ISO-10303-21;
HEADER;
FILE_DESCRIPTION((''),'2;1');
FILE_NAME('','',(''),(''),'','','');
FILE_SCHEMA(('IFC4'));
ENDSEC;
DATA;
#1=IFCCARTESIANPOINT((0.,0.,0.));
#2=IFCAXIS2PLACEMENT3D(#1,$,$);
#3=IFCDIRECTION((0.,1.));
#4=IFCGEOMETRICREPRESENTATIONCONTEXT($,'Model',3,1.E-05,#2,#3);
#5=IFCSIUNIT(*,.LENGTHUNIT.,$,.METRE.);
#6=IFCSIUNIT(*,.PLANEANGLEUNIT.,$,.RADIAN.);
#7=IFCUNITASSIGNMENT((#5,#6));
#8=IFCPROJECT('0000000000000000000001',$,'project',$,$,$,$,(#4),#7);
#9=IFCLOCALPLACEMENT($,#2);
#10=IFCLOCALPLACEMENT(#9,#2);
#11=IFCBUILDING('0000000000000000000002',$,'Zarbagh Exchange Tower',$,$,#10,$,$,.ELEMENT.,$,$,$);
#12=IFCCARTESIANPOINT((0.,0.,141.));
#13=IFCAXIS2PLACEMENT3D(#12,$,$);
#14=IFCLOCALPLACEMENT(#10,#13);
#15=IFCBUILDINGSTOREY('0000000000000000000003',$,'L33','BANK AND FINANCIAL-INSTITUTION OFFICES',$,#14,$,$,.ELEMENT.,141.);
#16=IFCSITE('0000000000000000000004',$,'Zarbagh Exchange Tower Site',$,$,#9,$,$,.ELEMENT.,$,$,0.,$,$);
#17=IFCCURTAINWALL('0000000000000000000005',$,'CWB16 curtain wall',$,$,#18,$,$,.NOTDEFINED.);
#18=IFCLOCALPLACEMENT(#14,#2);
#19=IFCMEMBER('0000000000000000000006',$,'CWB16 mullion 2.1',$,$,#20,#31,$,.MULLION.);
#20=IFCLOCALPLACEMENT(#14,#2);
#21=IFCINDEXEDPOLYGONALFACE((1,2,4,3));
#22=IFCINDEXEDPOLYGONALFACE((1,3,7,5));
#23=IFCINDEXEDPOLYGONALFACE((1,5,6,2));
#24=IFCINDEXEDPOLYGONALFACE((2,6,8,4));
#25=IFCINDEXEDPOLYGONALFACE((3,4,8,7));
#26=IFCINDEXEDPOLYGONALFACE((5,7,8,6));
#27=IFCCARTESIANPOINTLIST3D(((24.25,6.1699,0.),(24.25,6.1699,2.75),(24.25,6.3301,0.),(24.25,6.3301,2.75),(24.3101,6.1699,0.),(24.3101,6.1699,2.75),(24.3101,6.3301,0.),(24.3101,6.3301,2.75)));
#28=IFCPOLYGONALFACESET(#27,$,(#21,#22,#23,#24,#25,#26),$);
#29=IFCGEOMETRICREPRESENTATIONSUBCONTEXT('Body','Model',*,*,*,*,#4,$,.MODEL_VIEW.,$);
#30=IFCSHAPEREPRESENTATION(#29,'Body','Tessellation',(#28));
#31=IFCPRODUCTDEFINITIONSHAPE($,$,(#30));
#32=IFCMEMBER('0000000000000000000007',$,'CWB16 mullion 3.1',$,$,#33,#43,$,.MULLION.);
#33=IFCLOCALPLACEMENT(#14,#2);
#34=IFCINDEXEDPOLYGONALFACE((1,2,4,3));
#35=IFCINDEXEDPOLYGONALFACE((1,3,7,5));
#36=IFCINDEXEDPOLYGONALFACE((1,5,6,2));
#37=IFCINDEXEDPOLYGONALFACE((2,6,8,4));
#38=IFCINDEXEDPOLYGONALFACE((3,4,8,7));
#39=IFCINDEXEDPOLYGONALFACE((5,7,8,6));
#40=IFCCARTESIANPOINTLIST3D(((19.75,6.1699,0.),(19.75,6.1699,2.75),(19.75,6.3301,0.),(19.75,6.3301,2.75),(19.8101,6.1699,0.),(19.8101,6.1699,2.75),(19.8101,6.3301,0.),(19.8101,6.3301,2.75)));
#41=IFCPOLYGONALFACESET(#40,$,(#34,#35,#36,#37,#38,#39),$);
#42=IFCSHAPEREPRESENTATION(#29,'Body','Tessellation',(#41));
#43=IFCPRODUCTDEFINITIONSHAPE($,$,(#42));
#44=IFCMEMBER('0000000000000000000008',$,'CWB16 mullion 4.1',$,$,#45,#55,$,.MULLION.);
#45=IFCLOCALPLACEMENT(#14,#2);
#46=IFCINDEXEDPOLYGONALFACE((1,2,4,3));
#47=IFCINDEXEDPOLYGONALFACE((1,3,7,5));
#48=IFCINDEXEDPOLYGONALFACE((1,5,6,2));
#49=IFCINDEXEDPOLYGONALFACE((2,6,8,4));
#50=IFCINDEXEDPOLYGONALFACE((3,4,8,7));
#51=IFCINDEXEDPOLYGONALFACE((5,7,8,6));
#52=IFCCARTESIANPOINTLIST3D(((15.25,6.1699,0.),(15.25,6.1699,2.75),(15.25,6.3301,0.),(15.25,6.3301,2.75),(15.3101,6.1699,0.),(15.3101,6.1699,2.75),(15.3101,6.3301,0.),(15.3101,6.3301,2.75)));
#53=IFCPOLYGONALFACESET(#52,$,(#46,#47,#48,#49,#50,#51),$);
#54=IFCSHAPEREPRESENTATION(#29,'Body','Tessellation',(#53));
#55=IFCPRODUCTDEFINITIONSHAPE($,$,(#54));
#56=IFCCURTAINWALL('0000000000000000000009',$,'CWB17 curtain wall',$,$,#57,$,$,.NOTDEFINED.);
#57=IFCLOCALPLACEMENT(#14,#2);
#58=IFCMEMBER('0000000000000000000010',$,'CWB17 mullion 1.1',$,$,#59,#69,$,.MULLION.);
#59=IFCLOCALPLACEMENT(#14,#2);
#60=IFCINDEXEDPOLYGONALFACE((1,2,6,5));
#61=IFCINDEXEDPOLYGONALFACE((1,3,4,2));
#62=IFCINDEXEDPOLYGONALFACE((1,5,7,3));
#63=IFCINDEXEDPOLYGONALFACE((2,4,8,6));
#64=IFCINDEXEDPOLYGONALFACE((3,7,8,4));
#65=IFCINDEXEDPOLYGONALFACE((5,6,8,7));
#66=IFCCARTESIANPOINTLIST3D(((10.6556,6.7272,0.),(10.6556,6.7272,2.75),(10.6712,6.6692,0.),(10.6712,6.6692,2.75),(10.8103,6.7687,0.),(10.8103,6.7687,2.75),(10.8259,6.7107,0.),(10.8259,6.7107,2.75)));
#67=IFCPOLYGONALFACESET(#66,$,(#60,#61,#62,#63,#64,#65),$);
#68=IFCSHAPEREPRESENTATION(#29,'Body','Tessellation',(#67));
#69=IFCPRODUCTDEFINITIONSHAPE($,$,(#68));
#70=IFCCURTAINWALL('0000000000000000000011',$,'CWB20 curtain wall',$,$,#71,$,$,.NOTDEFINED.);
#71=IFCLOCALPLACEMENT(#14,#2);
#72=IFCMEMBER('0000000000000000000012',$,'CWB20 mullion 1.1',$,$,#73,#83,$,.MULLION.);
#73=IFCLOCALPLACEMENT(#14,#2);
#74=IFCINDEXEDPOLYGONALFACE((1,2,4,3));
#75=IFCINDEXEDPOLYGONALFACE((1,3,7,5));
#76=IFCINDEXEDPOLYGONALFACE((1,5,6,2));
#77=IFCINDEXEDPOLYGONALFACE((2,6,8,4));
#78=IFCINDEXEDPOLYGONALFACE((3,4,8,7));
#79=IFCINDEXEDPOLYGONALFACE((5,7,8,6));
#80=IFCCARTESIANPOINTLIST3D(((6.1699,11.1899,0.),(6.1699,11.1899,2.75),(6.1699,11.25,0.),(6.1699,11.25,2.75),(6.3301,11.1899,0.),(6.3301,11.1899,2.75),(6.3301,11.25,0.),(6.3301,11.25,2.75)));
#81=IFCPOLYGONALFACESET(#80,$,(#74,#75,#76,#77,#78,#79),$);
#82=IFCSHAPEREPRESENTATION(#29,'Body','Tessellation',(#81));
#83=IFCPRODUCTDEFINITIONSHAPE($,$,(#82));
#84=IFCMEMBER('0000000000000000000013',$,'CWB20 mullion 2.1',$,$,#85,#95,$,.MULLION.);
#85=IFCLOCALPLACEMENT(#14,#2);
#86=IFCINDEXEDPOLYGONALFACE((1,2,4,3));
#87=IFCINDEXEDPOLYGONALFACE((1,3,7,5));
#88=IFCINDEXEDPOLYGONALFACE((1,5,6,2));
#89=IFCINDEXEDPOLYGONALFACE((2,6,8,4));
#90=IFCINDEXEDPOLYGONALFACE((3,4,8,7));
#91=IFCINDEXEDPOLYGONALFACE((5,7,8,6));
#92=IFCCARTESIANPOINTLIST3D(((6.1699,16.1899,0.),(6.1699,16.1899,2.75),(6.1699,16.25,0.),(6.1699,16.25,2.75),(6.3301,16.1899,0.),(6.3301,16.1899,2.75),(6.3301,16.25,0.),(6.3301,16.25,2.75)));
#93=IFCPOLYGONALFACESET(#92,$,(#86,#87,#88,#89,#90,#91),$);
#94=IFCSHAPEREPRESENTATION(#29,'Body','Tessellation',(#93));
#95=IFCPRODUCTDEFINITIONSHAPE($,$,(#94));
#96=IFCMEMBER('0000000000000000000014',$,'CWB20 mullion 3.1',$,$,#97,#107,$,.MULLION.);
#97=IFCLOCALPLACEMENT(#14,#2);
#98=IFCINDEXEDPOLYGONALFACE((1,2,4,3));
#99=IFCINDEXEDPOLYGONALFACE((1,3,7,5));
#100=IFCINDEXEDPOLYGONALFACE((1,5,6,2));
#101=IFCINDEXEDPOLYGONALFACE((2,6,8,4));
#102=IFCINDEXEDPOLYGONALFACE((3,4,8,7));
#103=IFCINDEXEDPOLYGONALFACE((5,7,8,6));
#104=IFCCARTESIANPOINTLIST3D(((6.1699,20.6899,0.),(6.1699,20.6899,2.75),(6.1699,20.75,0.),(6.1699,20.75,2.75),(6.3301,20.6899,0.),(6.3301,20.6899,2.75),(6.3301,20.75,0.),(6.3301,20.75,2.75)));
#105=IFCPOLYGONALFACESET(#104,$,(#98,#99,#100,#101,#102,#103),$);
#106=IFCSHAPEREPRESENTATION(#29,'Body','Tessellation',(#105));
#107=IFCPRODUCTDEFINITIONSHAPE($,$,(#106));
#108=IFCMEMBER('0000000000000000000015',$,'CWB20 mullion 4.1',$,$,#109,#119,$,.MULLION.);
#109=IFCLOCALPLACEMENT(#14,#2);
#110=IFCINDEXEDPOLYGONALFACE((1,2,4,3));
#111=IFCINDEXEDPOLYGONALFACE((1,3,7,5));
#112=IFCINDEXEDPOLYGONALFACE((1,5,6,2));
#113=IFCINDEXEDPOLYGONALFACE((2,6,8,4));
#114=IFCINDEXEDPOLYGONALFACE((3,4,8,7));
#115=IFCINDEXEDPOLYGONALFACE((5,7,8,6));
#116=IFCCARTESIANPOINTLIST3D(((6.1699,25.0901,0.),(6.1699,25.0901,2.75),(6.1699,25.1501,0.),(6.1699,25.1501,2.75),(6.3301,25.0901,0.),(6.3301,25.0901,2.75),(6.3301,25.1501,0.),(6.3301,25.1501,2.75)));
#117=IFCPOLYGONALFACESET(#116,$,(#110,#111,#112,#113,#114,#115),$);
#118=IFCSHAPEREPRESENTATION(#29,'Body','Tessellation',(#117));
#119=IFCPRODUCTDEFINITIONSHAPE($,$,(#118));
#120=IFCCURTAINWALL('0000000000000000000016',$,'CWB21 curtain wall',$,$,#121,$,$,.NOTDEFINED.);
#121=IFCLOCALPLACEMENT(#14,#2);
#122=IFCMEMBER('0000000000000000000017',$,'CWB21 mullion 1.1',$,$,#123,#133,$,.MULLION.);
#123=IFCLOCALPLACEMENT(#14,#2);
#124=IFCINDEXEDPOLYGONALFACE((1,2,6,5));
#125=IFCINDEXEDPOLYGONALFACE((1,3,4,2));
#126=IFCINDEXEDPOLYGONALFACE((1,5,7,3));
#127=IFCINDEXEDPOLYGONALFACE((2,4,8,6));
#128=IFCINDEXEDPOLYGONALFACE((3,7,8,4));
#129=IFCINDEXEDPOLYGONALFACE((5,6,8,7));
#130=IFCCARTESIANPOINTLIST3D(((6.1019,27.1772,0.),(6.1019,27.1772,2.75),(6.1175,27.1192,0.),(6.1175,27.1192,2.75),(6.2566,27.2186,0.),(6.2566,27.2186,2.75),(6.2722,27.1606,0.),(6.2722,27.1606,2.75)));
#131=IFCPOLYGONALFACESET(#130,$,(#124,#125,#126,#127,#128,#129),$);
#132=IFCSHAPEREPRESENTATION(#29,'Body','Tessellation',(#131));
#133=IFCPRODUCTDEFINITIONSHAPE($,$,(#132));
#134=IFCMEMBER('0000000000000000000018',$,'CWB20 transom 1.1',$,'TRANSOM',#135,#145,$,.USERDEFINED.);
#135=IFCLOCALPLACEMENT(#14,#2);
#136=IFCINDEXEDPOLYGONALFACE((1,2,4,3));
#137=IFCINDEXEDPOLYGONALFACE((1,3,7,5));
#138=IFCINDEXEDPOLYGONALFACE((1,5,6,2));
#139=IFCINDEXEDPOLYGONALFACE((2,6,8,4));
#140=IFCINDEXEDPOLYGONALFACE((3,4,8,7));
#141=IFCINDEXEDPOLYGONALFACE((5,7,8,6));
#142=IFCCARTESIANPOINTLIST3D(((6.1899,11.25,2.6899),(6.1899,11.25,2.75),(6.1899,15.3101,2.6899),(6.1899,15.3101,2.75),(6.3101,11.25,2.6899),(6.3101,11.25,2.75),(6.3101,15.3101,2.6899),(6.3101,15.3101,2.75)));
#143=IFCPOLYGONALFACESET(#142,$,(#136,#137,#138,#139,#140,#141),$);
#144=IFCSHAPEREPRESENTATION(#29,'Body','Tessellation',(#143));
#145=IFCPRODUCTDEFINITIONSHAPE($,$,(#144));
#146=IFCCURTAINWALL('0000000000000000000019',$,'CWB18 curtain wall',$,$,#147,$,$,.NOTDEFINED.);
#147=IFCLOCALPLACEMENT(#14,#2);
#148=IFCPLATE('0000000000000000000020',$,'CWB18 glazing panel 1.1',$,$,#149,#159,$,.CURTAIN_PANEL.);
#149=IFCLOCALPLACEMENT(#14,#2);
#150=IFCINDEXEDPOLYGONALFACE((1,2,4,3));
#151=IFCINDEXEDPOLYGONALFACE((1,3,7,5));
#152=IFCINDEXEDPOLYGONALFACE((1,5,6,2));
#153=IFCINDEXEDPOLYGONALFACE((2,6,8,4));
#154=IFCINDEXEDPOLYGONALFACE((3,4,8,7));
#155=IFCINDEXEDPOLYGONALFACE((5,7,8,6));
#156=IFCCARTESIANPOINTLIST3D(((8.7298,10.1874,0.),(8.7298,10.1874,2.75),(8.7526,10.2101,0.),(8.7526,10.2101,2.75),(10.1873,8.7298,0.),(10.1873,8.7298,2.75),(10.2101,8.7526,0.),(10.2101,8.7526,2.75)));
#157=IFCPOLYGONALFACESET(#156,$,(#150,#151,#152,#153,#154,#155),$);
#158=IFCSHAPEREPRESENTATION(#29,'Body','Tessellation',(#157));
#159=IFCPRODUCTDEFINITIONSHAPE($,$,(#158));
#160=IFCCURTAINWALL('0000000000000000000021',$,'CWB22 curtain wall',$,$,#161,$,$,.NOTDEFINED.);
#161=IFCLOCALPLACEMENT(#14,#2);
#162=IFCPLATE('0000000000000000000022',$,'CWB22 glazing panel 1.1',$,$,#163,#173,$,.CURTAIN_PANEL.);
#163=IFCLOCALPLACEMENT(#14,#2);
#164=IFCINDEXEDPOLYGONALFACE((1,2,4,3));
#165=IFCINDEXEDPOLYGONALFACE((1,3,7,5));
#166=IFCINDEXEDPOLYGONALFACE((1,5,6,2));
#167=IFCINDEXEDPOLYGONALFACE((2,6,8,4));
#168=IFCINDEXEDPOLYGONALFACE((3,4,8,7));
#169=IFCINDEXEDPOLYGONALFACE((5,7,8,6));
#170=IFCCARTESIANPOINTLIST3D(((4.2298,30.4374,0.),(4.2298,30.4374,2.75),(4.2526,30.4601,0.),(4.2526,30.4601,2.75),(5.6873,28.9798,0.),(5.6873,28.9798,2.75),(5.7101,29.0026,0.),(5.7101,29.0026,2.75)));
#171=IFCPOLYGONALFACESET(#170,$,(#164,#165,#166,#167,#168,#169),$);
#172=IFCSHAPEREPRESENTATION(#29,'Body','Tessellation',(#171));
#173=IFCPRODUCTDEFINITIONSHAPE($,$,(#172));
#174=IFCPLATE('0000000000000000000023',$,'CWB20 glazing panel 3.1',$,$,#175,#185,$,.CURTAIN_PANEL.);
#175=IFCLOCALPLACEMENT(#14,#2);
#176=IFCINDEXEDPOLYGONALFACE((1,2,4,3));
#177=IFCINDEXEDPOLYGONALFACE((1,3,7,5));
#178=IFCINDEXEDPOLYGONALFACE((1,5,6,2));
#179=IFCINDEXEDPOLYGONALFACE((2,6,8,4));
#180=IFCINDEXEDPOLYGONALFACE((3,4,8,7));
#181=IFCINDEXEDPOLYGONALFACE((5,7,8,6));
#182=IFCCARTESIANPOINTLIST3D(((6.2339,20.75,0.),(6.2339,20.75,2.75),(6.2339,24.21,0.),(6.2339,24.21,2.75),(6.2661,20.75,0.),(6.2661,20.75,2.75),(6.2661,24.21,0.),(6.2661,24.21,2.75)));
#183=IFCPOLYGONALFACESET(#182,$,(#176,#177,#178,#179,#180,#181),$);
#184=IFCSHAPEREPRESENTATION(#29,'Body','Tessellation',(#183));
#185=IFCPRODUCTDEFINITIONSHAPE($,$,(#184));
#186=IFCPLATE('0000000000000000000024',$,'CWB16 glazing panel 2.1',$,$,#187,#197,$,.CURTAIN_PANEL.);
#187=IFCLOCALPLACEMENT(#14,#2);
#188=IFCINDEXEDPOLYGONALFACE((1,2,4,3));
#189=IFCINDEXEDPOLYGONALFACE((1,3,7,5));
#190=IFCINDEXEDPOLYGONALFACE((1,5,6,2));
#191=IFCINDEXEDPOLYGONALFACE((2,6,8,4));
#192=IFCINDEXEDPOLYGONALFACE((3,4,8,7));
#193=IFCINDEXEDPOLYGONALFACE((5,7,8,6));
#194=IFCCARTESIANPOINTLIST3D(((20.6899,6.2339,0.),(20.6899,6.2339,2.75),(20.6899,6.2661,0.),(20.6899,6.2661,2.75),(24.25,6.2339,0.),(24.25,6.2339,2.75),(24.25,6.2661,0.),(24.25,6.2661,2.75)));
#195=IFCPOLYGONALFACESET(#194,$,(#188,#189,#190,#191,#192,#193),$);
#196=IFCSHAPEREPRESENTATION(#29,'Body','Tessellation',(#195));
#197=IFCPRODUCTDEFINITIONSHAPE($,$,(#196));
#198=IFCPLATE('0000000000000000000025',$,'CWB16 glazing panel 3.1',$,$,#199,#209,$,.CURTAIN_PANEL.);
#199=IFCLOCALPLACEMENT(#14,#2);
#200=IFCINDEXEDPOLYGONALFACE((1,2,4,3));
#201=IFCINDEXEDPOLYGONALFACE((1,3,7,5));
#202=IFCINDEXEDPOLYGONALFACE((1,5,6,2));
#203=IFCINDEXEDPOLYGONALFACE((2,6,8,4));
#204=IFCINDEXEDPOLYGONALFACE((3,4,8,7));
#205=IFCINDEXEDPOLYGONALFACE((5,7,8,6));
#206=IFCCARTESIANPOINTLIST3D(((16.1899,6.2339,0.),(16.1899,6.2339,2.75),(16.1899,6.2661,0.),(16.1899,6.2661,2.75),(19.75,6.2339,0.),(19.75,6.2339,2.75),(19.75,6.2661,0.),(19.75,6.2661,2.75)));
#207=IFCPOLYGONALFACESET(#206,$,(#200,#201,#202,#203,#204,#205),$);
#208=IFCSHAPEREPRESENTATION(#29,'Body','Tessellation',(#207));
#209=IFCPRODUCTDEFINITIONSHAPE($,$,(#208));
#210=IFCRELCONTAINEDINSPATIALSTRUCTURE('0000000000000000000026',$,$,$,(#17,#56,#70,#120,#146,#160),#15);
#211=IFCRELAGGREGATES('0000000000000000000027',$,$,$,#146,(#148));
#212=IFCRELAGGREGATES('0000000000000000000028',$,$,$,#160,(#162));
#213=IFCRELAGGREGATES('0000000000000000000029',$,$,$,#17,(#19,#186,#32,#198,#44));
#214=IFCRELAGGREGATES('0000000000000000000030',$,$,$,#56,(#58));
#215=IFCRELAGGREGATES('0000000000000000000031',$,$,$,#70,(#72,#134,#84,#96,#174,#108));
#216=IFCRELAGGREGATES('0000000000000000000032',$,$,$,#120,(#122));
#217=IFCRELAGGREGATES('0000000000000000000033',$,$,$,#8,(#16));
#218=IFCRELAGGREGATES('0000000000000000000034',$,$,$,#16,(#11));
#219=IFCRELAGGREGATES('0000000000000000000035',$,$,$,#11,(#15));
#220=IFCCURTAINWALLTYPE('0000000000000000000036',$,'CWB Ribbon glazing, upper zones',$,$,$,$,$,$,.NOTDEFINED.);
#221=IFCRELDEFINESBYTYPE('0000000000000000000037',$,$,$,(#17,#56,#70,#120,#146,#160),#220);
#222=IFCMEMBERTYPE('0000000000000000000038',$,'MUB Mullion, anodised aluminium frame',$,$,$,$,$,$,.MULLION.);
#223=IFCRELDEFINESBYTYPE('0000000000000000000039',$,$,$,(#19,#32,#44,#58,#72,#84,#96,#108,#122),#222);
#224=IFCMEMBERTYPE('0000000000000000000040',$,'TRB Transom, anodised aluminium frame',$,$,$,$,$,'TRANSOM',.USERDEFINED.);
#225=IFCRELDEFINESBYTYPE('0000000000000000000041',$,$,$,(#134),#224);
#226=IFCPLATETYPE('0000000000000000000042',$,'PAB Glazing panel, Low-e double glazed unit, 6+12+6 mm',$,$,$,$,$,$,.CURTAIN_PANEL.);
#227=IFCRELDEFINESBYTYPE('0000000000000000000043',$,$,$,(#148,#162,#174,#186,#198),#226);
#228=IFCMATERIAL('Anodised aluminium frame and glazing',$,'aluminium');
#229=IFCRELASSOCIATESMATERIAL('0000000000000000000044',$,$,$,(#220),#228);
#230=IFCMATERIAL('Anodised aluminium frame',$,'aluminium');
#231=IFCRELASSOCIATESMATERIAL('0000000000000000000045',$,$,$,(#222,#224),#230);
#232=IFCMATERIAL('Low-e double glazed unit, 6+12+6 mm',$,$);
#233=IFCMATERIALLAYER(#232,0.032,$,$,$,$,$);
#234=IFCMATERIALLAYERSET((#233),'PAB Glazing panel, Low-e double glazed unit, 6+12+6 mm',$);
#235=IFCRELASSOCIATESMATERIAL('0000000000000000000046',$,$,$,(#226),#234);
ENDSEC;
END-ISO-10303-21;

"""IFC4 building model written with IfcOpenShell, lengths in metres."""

from ifc_helpers import new_model, si_unit, direction, frame, origin, place, context, subcontext, project, spatial, polyline, outline, extrude, source, transform, mapped, material, layer, layer_set, type_object, element, aggregate, save


model = new_model("IFC4")

# Units and contexts
model_context = context("Model", 3, precision=1e-05, world=origin(), true_north=direction((0.0, 1.0)))
body_context = subcontext(model_context, "Body", "Model", "MODEL_VIEW")
ifc_project = project(units=[si_unit("LENGTHUNIT", "METRE"), si_unit("PLANEANGLEUNIT", "RADIAN")], contexts=[model_context])

# Site, building, storey
site_placement = place(None, origin())
site = spatial("IfcSite", under=ifc_project, at=site_placement, Name="Zarbagh Exchange Tower Site", CompositionType="ELEMENT", RefElevation=0.0)
building_placement = place(site_placement, origin())
building = spatial("IfcBuilding", under=site, at=building_placement, Name="Zarbagh Exchange Tower", CompositionType="ELEMENT")
storey_placement = place(building_placement, frame((0.0, 0.0, 141.0)))
storey = spatial("IfcBuildingStorey", under=building, at=storey_placement, Name="L33", Description="BANK AND FINANCIAL-INSTITUTION OFFICES", CompositionType="ELEMENT", Elevation=141.0)

# Curtain wall, members
ifc_material_1 = material(Name="Anodised aluminium frame and glazing", Category="aluminium")
curtain_wall_type = type_object("IfcCurtainWallType", Name="CWB Ribbon glazing, upper zones", PredefinedType="NOTDEFINED", material=ifc_material_1)
curtain_wall_1_placement = place(storey_placement, origin())
curtain_wall_1 = element("IfcCurtainWall", 1, at=curtain_wall_1_placement, inside=storey, type_object=curtain_wall_type, Name="CWB16 curtain wall", PredefinedType="NOTDEFINED")
ifc_material_2 = material(Name="Anodised aluminium frame", Category="aluminium")
member_type_1 = type_object("IfcMemberType", Name="MUB Mullion, anodised aluminium frame", PredefinedType="MULLION", material=ifc_material_2)
shared_shape_1 = source(origin(), body_context, "Body", "SweptSolid", [
    extrude(outline(polyline([(0.0, -0.0801), (0.0601, -0.0801), (0.0601, 0.0801), (0.0, 0.0801), (0.0, -0.0801)])), origin(), (0.0, 0.0, 1.0), 2.75),
])
placement = place(storey_placement, origin())
member_1 = element("IfcMember", 2, at=placement, type_object=member_type_1, Name="CWB16 mullion 2.1", PredefinedType="MULLION", context=body_context, shape_type="MappedRepresentation", body=[
    mapped(shared_shape_1, transform((24.3101, 6.25, 0.0), x_axis=(-1.0, 0.0, 0.0), y_axis=(0.0, -1.0, 0.0), z_axis=(0.0, 0.0, 1.0))),
])
member_2 = element("IfcMember", 3, at=placement, type_object=member_type_1, Name="CWB16 mullion 3.1", PredefinedType="MULLION", context=body_context, shape_type="MappedRepresentation", body=[
    mapped(shared_shape_1, transform((19.8101, 6.25, 0.0), x_axis=(-1.0, 0.0, 0.0), y_axis=(0.0, -1.0, 0.0), z_axis=(0.0, 0.0, 1.0))),
])
member_3 = element("IfcMember", 4, at=placement, type_object=member_type_1, Name="CWB16 mullion 4.1", PredefinedType="MULLION", context=body_context, shape_type="MappedRepresentation", body=[
    mapped(shared_shape_1, transform((15.3101, 6.25, 0.0), x_axis=(-1.0, 0.0, 0.0), y_axis=(0.0, -1.0, 0.0), z_axis=(0.0, 0.0, 1.0))),
])

# Curtain wall, member
curtain_wall_2_placement = place(storey_placement, origin())
curtain_wall_2 = element("IfcCurtainWall", 5, at=curtain_wall_2_placement, inside=storey, type_object=curtain_wall_type, Name="CWB17 curtain wall", PredefinedType="NOTDEFINED")
member_4 = element("IfcMember", 6, at=placement, type_object=member_type_1, Name="CWB17 mullion 1.1", PredefinedType="MULLION", context=body_context, shape_type="MappedRepresentation", body=[
    mapped(shared_shape_1, transform((10.7485, 6.6899, 0.0), x_axis=(-0.258825, 0.965924, 0.0), y_axis=(-0.965924, -0.258825, 0.0), z_axis=(0.0, 0.0, 1.0))),
])

# Curtain wall, members
curtain_wall_3_placement = place(storey_placement, origin())
curtain_wall_3 = element("IfcCurtainWall", 7, at=curtain_wall_3_placement, inside=storey, type_object=curtain_wall_type, Name="CWB20 curtain wall", PredefinedType="NOTDEFINED")
member_5 = element("IfcMember", 8, at=placement, type_object=member_type_1, Name="CWB20 mullion 1.1", PredefinedType="MULLION", context=body_context, shape_type="MappedRepresentation", body=[
    mapped(shared_shape_1, transform((6.25, 11.1899, 0.0), x_axis=(0.0, 1.0, 0.0), y_axis=(-1.0, 0.0, 0.0), z_axis=(0.0, 0.0, 1.0))),
])
member_6 = element("IfcMember", 9, at=placement, type_object=member_type_1, Name="CWB20 mullion 2.1", PredefinedType="MULLION", context=body_context, shape_type="MappedRepresentation", body=[
    mapped(shared_shape_1, transform((6.25, 16.1899, 0.0), x_axis=(0.0, 1.0, 0.0), y_axis=(-1.0, 0.0, 0.0), z_axis=(0.0, 0.0, 1.0))),
])
member_7 = element("IfcMember", 10, at=placement, type_object=member_type_1, Name="CWB20 mullion 3.1", PredefinedType="MULLION", context=body_context, shape_type="MappedRepresentation", body=[
    mapped(shared_shape_1, transform((6.25, 20.6899, 0.0), x_axis=(0.0, 1.0, 0.0), y_axis=(-1.0, 0.0, 0.0), z_axis=(0.0, 0.0, 1.0))),
])
member_8 = element("IfcMember", 11, at=placement, type_object=member_type_1, Name="CWB20 mullion 4.1", PredefinedType="MULLION", context=body_context, shape_type="MappedRepresentation", body=[
    mapped(shared_shape_1, transform((6.25, 25.0901, 0.0), x_axis=(0.0, 1.0, 0.0), y_axis=(-1.0, 0.0, 0.0), z_axis=(0.0, 0.0, 1.0))),
])

# Curtain wall, member
curtain_wall_4_placement = place(storey_placement, origin())
curtain_wall_4 = element("IfcCurtainWall", 12, at=curtain_wall_4_placement, inside=storey, type_object=curtain_wall_type, Name="CWB21 curtain wall", PredefinedType="NOTDEFINED")
member_9 = element("IfcMember", 13, at=placement, type_object=member_type_1, Name="CWB21 mullion 1.1", PredefinedType="MULLION", context=body_context, shape_type="MappedRepresentation", body=[
    mapped(shared_shape_1, transform((6.1948, 27.1399, 0.0), x_axis=(-0.258825, 0.965924, 0.0), y_axis=(-0.965924, -0.258825, 0.0), z_axis=(0.0, 0.0, 1.0))),
])

# Member
member_type_2 = type_object("IfcMemberType", Name="TRB Transom, anodised aluminium frame", ElementType="TRANSOM", PredefinedType="USERDEFINED", material=ifc_material_2)
shared_shape_2 = source(origin(), body_context, "Body", "SweptSolid", [
    extrude(outline(polyline([(-0.0601, -0.0601), (0.0, -0.0601), (0.0, 0.0601), (-0.0601, 0.0601), (-0.0601, -0.0601)])), origin(), (0.0, 0.0, 1.0), 4.0601),
])
member_10 = element("IfcMember", 14, at=placement, type_object=member_type_2, Name="CWB20 transom 1.1", ObjectType="TRANSOM", PredefinedType="USERDEFINED", context=body_context, shape_type="MappedRepresentation", body=[
    mapped(shared_shape_2, transform((6.25, 11.25, 2.75), x_axis=(0.0, 0.0, 1.0), y_axis=(1.0, 0.0, 0.0), z_axis=(0.0, 1.0, 0.0))),
])

# Curtain walls, plates
curtain_wall_5_placement = place(storey_placement, origin())
curtain_wall_5 = element("IfcCurtainWall", 15, at=curtain_wall_5_placement, inside=storey, type_object=curtain_wall_type, Name="CWB18 curtain wall", PredefinedType="NOTDEFINED")
ifc_material_3 = material(Name="Low-e double glazed unit, 6+12+6 mm")
ifc_layer = layer(ifc_material_3, 0.032)
ifc_layer_set = layer_set([ifc_layer], Name="PAB Glazing panel, Low-e double glazed unit, 6+12+6 mm")
plate_type = type_object("IfcPlateType", Name="PAB Glazing panel, Low-e double glazed unit, 6+12+6 mm", PredefinedType="CURTAIN_PANEL", material=ifc_layer_set)
shared_shape_3 = source(origin(), body_context, "Body", "SweptSolid", [
    extrude(outline(polyline([(0.0, -0.0161), (2.0613, -0.0161), (2.0613, 0.0161), (0.0, 0.0161), (0.0, -0.0161)])), origin(), (0.0, 0.0, 1.0), 2.75),
])
plate_1 = element("IfcPlate", 16, at=placement, type_object=plate_type, Name="CWB18 glazing panel 1.1", PredefinedType="CURTAIN_PANEL", context=body_context, shape_type="MappedRepresentation", body=[
    mapped(shared_shape_3, transform((10.1987, 8.7412, 0.0), x_axis=(-0.707107, 0.707107, 0.0), y_axis=(-0.707107, -0.707107, 0.0), z_axis=(0.0, 0.0, 1.0))),
])
aggregate(curtain_wall_5, [plate_1])
curtain_wall_6_placement = place(storey_placement, origin())
curtain_wall_6 = element("IfcCurtainWall", 17, at=curtain_wall_6_placement, inside=storey, type_object=curtain_wall_type, Name="CWB22 curtain wall", PredefinedType="NOTDEFINED")
plate_2 = element("IfcPlate", 18, at=placement, type_object=plate_type, Name="CWB22 glazing panel 1.1", PredefinedType="CURTAIN_PANEL", context=body_context, shape_type="MappedRepresentation", body=[
    mapped(shared_shape_3, transform((5.6987, 28.9912, 0.0), x_axis=(-0.707107, 0.707107, 0.0), y_axis=(-0.707107, -0.707107, 0.0), z_axis=(0.0, 0.0, 1.0))),
])
aggregate(curtain_wall_6, [plate_2])

# Plates
shared_shape_4 = source(origin(), body_context, "Body", "SweptSolid", [
    extrude(outline(polyline([(0.0, -0.0161), (3.46, -0.0161), (3.46, 0.0161), (0.0, 0.0161), (0.0, -0.0161)])), origin(), (0.0, 0.0, 1.0), 2.75),
])
plate_3 = element("IfcPlate", 19, at=placement, type_object=plate_type, Name="CWB20 glazing panel 3.1", PredefinedType="CURTAIN_PANEL", context=body_context, shape_type="MappedRepresentation", body=[
    mapped(shared_shape_4, transform((6.25, 20.75, 0.0), x_axis=(0.0, 1.0, 0.0), y_axis=(-1.0, 0.0, 0.0), z_axis=(0.0, 0.0, 1.0))),
])
shared_shape_5 = source(origin(), body_context, "Body", "SweptSolid", [
    extrude(outline(polyline([(0.0, -0.0161), (3.5601, -0.0161), (3.5601, 0.0161), (0.0, 0.0161), (0.0, -0.0161)])), origin(), (0.0, 0.0, 1.0), 2.75),
])
plate_4 = element("IfcPlate", 20, at=placement, type_object=plate_type, Name="CWB16 glazing panel 2.1", PredefinedType="CURTAIN_PANEL", context=body_context, shape_type="MappedRepresentation", body=[
    mapped(shared_shape_5, transform((24.25, 6.25, 0.0), x_axis=(-1.0, 0.0, 0.0), y_axis=(0.0, -1.0, 0.0), z_axis=(0.0, 0.0, 1.0))),
])
plate_5 = element("IfcPlate", 21, at=placement, type_object=plate_type, Name="CWB16 glazing panel 3.1", PredefinedType="CURTAIN_PANEL", context=body_context, shape_type="MappedRepresentation", body=[
    mapped(shared_shape_5, transform((19.75, 6.25, 0.0), x_axis=(-1.0, 0.0, 0.0), y_axis=(0.0, -1.0, 0.0), z_axis=(0.0, 0.0, 1.0))),
])
aggregate(curtain_wall_1, [member_1, plate_4, member_2, plate_5, member_3])
aggregate(curtain_wall_2, [member_4])

aggregate(curtain_wall_3, [member_5, member_10, member_6, member_7, plate_3, member_8])
aggregate(curtain_wall_4, [member_9])

save(model, "model.ifc")
